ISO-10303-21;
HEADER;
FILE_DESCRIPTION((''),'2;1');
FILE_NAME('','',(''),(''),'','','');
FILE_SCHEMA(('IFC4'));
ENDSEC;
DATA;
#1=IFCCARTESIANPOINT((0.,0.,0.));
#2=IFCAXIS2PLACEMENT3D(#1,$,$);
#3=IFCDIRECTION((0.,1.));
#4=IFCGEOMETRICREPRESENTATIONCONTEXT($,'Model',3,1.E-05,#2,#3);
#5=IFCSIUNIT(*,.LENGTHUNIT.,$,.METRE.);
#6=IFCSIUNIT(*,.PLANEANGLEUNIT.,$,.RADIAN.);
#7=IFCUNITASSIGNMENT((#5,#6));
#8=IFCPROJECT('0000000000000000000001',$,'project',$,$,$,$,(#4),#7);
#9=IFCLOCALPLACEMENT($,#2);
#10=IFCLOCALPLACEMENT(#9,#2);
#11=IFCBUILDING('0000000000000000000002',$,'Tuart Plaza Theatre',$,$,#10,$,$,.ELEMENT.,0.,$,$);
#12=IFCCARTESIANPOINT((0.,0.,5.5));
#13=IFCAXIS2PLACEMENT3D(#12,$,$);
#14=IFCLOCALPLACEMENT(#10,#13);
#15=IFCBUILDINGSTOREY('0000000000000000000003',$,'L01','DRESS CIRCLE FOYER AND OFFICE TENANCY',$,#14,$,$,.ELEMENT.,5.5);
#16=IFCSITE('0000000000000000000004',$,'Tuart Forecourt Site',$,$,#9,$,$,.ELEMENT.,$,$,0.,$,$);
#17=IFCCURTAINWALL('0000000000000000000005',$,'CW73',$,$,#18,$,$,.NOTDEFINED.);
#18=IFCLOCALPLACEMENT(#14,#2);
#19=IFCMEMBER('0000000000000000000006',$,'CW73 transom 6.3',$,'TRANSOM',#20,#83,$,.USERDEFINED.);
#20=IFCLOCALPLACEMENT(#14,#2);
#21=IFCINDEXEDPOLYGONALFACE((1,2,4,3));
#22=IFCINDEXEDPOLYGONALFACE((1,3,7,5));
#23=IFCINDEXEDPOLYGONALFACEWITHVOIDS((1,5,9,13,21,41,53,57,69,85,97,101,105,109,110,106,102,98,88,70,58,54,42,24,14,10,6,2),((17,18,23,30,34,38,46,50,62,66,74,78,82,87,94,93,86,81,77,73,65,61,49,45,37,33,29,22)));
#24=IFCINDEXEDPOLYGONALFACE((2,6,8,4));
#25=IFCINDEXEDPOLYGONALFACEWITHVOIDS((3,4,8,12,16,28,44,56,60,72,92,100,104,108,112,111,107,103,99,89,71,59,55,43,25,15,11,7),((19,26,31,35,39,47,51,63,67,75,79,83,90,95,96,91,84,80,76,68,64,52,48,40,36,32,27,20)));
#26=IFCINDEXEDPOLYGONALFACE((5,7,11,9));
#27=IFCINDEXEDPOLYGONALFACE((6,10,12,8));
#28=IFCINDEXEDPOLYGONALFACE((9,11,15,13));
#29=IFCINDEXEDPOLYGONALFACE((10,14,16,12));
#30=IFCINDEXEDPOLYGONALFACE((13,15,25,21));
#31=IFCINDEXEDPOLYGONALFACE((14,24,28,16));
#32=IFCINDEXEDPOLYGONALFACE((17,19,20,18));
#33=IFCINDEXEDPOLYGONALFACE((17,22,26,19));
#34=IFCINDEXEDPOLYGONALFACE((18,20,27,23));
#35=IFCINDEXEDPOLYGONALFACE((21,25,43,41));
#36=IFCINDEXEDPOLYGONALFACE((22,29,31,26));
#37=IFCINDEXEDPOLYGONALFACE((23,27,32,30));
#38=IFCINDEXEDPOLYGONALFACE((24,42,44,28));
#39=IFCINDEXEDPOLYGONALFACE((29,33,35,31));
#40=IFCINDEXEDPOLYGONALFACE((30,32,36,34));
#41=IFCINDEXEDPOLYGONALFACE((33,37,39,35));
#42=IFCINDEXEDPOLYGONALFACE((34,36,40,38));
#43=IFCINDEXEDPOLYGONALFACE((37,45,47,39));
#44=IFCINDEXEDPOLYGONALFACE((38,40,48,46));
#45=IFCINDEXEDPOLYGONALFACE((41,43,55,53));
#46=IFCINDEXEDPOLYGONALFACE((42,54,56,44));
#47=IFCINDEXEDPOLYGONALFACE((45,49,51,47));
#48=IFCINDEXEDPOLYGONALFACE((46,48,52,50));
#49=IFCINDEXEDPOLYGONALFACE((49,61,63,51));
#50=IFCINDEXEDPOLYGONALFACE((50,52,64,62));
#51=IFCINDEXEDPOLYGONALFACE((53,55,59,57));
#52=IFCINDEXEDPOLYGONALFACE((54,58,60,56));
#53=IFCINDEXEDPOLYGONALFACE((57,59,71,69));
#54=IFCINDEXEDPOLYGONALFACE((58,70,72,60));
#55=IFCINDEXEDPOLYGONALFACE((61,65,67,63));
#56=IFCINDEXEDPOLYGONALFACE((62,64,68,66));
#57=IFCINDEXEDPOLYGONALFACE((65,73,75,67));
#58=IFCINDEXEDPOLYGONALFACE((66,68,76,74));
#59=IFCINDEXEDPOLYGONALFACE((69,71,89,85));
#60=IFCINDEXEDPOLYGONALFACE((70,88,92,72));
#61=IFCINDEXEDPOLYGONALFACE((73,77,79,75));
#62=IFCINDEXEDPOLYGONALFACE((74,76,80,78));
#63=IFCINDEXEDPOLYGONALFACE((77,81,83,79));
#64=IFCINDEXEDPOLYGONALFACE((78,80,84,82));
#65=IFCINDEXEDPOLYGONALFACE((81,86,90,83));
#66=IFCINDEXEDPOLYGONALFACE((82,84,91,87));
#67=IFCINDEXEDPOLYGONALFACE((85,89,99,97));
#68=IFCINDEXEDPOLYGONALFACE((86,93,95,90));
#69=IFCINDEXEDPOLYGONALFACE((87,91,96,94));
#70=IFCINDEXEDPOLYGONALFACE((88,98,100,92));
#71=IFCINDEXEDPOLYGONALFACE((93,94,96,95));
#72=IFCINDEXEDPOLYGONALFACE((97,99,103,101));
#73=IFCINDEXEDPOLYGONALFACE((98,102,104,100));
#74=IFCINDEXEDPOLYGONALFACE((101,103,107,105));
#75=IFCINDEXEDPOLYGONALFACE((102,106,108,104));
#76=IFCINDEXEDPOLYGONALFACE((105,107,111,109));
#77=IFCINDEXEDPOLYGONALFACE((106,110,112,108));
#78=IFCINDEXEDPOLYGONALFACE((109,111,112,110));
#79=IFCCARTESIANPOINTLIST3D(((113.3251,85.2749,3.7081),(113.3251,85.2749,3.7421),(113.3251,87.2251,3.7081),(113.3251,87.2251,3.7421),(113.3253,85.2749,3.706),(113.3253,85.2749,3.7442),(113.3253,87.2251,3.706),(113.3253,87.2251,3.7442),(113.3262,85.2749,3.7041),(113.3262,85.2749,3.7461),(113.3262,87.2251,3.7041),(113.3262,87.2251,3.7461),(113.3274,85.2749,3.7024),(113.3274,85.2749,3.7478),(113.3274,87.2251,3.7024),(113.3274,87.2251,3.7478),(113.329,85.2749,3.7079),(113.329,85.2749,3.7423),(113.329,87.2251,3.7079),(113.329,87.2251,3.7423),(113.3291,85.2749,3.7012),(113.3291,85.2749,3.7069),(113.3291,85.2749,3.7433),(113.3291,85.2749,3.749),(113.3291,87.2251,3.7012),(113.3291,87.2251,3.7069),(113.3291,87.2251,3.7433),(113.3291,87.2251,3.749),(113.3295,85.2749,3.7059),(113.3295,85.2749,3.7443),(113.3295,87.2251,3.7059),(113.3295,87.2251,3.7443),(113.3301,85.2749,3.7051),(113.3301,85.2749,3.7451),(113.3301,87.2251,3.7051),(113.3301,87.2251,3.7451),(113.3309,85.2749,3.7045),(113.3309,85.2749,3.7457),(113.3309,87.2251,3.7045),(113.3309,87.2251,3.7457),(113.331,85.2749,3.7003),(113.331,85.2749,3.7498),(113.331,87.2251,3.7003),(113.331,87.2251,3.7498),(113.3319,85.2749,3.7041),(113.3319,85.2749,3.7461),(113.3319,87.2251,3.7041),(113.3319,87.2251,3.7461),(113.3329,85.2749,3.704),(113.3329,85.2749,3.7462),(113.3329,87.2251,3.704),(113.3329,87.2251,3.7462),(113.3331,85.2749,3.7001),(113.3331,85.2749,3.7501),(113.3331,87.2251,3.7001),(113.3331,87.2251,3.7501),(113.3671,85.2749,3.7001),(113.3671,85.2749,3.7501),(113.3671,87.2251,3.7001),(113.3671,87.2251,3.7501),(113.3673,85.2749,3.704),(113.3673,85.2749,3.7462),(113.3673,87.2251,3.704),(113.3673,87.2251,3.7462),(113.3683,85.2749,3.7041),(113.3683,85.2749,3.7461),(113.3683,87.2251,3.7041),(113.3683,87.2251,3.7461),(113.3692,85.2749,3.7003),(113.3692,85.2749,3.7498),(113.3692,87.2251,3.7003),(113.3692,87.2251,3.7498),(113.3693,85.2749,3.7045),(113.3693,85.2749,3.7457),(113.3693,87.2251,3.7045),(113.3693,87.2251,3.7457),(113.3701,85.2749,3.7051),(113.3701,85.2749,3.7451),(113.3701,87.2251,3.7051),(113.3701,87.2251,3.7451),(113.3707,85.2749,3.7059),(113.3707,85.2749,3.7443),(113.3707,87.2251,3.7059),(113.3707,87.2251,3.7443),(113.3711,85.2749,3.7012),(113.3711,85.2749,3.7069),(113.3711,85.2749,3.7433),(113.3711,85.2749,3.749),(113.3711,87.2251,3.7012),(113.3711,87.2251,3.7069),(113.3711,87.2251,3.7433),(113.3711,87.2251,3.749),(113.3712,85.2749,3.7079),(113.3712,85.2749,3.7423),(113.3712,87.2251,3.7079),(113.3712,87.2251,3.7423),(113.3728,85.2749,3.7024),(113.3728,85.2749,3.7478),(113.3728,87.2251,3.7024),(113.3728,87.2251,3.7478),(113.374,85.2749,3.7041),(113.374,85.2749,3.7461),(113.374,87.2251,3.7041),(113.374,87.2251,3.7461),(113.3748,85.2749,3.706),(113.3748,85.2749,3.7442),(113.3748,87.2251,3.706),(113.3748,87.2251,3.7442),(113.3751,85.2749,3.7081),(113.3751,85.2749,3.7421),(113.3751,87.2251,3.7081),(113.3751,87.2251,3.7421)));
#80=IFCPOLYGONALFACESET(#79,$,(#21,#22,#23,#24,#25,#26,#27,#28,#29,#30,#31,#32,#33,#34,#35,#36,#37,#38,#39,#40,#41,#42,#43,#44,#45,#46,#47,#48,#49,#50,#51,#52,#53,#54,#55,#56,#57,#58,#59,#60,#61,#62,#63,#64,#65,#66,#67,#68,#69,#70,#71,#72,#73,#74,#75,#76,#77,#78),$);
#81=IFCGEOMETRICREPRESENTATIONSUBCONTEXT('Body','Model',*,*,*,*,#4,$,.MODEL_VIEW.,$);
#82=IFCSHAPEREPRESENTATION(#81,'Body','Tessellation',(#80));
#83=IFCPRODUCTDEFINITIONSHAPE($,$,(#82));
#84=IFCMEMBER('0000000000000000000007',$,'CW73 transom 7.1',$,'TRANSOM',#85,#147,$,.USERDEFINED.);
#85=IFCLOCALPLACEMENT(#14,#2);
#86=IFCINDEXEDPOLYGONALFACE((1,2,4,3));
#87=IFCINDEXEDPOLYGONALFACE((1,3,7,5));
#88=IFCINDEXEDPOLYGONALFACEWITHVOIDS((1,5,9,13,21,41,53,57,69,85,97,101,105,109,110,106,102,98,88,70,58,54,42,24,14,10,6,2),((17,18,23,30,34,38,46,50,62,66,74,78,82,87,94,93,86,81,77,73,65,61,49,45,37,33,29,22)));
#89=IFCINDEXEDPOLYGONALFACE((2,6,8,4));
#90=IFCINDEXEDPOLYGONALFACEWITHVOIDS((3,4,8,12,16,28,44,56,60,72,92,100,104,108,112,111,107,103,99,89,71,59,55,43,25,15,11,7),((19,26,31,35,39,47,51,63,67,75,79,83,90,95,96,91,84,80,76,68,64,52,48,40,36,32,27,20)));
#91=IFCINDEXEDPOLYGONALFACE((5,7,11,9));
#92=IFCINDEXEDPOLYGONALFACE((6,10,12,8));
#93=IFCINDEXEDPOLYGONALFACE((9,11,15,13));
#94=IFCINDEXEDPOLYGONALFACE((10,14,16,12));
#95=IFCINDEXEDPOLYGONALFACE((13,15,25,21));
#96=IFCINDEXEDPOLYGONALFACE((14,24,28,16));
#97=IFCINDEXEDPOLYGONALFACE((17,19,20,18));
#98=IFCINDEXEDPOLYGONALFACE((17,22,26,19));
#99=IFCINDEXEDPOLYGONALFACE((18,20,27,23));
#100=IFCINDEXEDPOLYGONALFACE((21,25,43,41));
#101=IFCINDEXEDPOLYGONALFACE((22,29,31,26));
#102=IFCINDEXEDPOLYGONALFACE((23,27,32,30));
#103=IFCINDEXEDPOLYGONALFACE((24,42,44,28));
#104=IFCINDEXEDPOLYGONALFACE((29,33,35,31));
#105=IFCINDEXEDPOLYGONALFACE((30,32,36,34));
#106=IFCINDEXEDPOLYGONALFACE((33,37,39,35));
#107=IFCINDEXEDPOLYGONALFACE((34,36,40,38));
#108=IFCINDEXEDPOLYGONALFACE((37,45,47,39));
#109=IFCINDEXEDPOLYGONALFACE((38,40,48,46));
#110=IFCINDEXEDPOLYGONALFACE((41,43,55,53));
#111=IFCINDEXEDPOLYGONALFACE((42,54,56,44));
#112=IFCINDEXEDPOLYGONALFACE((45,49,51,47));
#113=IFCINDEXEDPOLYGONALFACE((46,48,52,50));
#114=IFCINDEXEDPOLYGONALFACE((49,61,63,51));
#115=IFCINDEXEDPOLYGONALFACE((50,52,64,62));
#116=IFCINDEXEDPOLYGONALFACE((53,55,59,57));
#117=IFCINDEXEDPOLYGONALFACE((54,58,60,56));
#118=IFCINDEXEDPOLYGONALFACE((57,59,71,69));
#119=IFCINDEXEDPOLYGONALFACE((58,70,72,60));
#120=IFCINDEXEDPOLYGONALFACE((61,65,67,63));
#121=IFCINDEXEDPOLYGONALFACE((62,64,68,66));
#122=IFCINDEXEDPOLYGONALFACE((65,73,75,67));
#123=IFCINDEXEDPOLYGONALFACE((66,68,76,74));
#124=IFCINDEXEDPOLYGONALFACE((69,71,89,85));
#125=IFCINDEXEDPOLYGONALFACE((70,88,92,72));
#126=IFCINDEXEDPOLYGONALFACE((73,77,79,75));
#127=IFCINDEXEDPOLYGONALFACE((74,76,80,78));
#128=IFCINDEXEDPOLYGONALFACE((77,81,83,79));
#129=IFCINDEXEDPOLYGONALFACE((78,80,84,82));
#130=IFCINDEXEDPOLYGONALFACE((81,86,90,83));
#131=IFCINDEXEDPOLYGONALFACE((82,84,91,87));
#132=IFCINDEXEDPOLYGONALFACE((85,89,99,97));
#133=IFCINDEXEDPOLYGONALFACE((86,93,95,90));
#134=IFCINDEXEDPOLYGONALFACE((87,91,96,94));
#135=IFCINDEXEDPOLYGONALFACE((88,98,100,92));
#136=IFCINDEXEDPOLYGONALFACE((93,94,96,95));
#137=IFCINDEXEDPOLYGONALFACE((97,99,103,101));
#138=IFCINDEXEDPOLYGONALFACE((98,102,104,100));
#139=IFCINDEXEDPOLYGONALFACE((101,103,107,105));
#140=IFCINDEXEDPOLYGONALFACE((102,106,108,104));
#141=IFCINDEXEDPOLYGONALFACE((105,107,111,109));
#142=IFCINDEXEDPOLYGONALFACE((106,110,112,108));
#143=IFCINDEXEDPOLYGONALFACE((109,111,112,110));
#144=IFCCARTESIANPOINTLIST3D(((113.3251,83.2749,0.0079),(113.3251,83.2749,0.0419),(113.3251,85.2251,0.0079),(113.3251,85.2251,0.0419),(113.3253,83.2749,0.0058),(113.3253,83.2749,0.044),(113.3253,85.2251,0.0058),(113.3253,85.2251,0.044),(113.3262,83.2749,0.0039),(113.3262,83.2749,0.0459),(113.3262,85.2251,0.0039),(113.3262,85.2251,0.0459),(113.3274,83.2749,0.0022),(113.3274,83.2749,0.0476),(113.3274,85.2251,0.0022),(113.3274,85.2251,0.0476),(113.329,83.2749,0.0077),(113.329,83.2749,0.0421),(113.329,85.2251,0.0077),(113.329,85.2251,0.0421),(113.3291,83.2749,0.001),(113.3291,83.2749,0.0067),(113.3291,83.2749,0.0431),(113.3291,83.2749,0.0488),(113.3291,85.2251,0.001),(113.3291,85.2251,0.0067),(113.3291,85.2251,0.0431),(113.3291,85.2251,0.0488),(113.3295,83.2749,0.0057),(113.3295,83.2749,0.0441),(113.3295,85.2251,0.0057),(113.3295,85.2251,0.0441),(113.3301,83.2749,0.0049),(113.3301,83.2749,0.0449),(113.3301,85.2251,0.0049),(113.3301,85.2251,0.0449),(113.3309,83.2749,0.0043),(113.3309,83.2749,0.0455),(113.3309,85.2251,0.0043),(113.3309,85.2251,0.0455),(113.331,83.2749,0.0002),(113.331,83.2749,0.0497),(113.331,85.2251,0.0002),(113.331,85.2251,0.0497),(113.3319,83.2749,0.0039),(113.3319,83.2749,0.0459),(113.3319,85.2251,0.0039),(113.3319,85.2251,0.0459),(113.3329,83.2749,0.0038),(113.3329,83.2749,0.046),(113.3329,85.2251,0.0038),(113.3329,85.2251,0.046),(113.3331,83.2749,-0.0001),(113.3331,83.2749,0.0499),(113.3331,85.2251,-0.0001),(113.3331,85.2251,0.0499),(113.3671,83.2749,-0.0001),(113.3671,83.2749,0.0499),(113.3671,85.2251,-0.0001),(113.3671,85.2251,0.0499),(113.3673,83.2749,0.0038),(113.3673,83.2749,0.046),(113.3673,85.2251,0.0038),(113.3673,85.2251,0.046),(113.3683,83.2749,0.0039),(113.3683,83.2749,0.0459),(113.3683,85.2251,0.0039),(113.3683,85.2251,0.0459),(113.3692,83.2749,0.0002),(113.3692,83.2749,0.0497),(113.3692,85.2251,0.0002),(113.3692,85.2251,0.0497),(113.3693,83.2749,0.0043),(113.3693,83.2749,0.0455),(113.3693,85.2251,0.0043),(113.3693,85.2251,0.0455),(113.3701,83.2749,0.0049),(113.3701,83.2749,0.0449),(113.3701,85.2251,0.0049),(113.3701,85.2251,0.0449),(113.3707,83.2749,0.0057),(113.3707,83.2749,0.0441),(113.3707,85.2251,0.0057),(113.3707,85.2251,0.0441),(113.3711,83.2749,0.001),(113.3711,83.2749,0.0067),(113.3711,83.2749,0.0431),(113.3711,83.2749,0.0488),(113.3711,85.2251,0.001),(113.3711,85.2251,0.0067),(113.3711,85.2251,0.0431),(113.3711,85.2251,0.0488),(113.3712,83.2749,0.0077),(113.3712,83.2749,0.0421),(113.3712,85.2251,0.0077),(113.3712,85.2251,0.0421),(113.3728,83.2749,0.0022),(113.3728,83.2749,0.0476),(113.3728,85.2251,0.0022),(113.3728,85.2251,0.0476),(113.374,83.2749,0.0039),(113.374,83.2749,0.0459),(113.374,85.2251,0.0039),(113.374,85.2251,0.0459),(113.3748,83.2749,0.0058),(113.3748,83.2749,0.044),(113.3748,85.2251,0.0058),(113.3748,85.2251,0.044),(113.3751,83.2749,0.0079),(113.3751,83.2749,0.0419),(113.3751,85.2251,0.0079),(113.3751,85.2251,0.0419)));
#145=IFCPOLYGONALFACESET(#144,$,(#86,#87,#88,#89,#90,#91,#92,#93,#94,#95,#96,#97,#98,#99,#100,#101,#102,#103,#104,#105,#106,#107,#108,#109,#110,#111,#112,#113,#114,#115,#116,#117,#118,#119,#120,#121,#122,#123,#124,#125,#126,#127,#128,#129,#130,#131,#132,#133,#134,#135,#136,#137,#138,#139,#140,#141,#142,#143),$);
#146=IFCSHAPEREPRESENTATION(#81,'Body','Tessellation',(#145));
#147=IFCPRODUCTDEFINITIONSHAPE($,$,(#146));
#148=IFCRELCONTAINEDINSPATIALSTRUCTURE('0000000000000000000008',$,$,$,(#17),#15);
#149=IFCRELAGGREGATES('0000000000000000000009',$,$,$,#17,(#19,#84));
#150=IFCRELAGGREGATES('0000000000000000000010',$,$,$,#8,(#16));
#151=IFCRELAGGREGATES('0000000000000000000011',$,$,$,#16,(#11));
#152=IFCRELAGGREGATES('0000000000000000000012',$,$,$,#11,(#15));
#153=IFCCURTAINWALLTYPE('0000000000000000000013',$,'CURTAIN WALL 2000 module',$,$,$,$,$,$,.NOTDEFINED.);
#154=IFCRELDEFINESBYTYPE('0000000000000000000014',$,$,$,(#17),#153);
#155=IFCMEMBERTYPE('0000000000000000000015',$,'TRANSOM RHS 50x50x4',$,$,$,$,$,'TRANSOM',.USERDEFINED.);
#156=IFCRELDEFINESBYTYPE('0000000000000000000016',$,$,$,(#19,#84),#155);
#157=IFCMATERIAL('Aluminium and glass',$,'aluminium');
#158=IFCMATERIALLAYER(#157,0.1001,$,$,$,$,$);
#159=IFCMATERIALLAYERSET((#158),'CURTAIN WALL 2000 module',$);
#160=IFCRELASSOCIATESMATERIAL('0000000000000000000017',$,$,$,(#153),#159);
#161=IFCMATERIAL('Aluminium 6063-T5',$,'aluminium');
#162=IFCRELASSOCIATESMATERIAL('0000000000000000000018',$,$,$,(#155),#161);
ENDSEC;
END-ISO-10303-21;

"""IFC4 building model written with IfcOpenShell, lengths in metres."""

from ifc_helpers import new_model, si_unit, direction, frame, origin, origin_2d, place, context, subcontext, project, spatial, hollow_rectangle, extrude, material, layer, layer_set, material_profile, profile_set, type_object, element, aggregate, save


model = new_model("IFC4")

# Units and contexts
model_context = context("Model", 3, precision=1e-05, world=origin(), true_north=direction((0.0, 1.0)))
body_context = subcontext(model_context, "Body", "Model", "MODEL_VIEW")
ifc_project = project(units=[si_unit("LENGTHUNIT", "METRE"), si_unit("PLANEANGLEUNIT", "RADIAN")], contexts=[model_context])

# Site, building, storey
site_placement = place(None, origin())
site = spatial("IfcSite", under=ifc_project, at=site_placement, Name="Tuart Forecourt Site", CompositionType="ELEMENT", RefElevation=0.0)
building_placement = place(site_placement, origin())
building = spatial("IfcBuilding", under=site, at=building_placement, Name="Tuart Plaza Theatre", CompositionType="ELEMENT", ElevationOfRefHeight=0.0)
storey_placement = place(building_placement, frame((0.0, 0.0, 5.5)))
storey = spatial("IfcBuildingStorey", under=building, at=storey_placement, Name="L01", Description="DRESS CIRCLE FOYER AND OFFICE TENANCY", CompositionType="ELEMENT", Elevation=5.5)

# Curtain wall, members
ifc_material_1 = material(Name="Aluminium and glass", Category="aluminium")
ifc_layer_1 = layer(ifc_material_1, 0.1001)
ifc_layer_set_1 = layer_set([ifc_layer_1], Name="CURTAIN WALL 2000 module")
curtain_wall_type = type_object("IfcCurtainWallType", Name="CURTAIN WALL 2000 module", PredefinedType="NOTDEFINED", material=ifc_layer_set_1)
curtain_wall_placement = place(storey_placement, origin())
curtain_wall = element("IfcCurtainWall", 1, at=curtain_wall_placement, inside=storey, type_object=curtain_wall_type, Name="CW73", PredefinedType="NOTDEFINED")
ifc_material_2 = material(Name="Aluminium 6063-T5", Category="aluminium")
ifc_material_profile_1 = material_profile(ifc_material_2, hollow_rectangle(XDim=0.05, YDim=0.05, WallThickness=0.0039, InnerFilletRadius=0.0039, OuterFilletRadius=0.0081, at=origin_2d()), Name="RHS 50x50x4")
ifc_profile_set_1 = profile_set([ifc_material_profile_1], Name="Aluminium 6063-T5")
member_type_1 = type_object("IfcMemberType", Name="TRANSOM RHS 50x50x4", ElementType="TRANSOM", PredefinedType="USERDEFINED", material=ifc_profile_set_1)
member_1_placement = place(storey_placement, frame((113.3501, 87.2251, 3.7251), z_axis=(0.0, -1.0, 0.0), x_axis=(1.0, 0.0, 0.0)))
member_1 = element("IfcMember", 2, at=member_1_placement, type_object=member_type_1, Name="CW73 transom 6.3", ObjectType="TRANSOM", PredefinedType="USERDEFINED", context=body_context, shape_type="SweptSolid", body=[
    extrude(hollow_rectangle(XDim=0.05, YDim=0.05, WallThickness=0.0039, InnerFilletRadius=0.0039, OuterFilletRadius=0.0081, at=origin_2d()), origin(), (0.0, 0.0, 1.0), 1.9502),
])
member_2_placement = place(storey_placement, frame((113.3501, 85.2251, 0.0249), z_axis=(0.0, -1.0, 0.0), x_axis=(1.0, 0.0, 0.0)))
member_2 = element("IfcMember", 3, at=member_2_placement, type_object=member_type_1, Name="CW73 transom 7.1", ObjectType="TRANSOM", PredefinedType="USERDEFINED", context=body_context, shape_type="SweptSolid", body=[
    extrude(hollow_rectangle(XDim=0.05, YDim=0.05, WallThickness=0.0039, InnerFilletRadius=0.0039, OuterFilletRadius=0.0081, at=origin_2d()), origin(), (0.0, 0.0, 1.0), 1.9502),
])
aggregate(curtain_wall, [member_1, member_2])

save(model, "model.ifc")
